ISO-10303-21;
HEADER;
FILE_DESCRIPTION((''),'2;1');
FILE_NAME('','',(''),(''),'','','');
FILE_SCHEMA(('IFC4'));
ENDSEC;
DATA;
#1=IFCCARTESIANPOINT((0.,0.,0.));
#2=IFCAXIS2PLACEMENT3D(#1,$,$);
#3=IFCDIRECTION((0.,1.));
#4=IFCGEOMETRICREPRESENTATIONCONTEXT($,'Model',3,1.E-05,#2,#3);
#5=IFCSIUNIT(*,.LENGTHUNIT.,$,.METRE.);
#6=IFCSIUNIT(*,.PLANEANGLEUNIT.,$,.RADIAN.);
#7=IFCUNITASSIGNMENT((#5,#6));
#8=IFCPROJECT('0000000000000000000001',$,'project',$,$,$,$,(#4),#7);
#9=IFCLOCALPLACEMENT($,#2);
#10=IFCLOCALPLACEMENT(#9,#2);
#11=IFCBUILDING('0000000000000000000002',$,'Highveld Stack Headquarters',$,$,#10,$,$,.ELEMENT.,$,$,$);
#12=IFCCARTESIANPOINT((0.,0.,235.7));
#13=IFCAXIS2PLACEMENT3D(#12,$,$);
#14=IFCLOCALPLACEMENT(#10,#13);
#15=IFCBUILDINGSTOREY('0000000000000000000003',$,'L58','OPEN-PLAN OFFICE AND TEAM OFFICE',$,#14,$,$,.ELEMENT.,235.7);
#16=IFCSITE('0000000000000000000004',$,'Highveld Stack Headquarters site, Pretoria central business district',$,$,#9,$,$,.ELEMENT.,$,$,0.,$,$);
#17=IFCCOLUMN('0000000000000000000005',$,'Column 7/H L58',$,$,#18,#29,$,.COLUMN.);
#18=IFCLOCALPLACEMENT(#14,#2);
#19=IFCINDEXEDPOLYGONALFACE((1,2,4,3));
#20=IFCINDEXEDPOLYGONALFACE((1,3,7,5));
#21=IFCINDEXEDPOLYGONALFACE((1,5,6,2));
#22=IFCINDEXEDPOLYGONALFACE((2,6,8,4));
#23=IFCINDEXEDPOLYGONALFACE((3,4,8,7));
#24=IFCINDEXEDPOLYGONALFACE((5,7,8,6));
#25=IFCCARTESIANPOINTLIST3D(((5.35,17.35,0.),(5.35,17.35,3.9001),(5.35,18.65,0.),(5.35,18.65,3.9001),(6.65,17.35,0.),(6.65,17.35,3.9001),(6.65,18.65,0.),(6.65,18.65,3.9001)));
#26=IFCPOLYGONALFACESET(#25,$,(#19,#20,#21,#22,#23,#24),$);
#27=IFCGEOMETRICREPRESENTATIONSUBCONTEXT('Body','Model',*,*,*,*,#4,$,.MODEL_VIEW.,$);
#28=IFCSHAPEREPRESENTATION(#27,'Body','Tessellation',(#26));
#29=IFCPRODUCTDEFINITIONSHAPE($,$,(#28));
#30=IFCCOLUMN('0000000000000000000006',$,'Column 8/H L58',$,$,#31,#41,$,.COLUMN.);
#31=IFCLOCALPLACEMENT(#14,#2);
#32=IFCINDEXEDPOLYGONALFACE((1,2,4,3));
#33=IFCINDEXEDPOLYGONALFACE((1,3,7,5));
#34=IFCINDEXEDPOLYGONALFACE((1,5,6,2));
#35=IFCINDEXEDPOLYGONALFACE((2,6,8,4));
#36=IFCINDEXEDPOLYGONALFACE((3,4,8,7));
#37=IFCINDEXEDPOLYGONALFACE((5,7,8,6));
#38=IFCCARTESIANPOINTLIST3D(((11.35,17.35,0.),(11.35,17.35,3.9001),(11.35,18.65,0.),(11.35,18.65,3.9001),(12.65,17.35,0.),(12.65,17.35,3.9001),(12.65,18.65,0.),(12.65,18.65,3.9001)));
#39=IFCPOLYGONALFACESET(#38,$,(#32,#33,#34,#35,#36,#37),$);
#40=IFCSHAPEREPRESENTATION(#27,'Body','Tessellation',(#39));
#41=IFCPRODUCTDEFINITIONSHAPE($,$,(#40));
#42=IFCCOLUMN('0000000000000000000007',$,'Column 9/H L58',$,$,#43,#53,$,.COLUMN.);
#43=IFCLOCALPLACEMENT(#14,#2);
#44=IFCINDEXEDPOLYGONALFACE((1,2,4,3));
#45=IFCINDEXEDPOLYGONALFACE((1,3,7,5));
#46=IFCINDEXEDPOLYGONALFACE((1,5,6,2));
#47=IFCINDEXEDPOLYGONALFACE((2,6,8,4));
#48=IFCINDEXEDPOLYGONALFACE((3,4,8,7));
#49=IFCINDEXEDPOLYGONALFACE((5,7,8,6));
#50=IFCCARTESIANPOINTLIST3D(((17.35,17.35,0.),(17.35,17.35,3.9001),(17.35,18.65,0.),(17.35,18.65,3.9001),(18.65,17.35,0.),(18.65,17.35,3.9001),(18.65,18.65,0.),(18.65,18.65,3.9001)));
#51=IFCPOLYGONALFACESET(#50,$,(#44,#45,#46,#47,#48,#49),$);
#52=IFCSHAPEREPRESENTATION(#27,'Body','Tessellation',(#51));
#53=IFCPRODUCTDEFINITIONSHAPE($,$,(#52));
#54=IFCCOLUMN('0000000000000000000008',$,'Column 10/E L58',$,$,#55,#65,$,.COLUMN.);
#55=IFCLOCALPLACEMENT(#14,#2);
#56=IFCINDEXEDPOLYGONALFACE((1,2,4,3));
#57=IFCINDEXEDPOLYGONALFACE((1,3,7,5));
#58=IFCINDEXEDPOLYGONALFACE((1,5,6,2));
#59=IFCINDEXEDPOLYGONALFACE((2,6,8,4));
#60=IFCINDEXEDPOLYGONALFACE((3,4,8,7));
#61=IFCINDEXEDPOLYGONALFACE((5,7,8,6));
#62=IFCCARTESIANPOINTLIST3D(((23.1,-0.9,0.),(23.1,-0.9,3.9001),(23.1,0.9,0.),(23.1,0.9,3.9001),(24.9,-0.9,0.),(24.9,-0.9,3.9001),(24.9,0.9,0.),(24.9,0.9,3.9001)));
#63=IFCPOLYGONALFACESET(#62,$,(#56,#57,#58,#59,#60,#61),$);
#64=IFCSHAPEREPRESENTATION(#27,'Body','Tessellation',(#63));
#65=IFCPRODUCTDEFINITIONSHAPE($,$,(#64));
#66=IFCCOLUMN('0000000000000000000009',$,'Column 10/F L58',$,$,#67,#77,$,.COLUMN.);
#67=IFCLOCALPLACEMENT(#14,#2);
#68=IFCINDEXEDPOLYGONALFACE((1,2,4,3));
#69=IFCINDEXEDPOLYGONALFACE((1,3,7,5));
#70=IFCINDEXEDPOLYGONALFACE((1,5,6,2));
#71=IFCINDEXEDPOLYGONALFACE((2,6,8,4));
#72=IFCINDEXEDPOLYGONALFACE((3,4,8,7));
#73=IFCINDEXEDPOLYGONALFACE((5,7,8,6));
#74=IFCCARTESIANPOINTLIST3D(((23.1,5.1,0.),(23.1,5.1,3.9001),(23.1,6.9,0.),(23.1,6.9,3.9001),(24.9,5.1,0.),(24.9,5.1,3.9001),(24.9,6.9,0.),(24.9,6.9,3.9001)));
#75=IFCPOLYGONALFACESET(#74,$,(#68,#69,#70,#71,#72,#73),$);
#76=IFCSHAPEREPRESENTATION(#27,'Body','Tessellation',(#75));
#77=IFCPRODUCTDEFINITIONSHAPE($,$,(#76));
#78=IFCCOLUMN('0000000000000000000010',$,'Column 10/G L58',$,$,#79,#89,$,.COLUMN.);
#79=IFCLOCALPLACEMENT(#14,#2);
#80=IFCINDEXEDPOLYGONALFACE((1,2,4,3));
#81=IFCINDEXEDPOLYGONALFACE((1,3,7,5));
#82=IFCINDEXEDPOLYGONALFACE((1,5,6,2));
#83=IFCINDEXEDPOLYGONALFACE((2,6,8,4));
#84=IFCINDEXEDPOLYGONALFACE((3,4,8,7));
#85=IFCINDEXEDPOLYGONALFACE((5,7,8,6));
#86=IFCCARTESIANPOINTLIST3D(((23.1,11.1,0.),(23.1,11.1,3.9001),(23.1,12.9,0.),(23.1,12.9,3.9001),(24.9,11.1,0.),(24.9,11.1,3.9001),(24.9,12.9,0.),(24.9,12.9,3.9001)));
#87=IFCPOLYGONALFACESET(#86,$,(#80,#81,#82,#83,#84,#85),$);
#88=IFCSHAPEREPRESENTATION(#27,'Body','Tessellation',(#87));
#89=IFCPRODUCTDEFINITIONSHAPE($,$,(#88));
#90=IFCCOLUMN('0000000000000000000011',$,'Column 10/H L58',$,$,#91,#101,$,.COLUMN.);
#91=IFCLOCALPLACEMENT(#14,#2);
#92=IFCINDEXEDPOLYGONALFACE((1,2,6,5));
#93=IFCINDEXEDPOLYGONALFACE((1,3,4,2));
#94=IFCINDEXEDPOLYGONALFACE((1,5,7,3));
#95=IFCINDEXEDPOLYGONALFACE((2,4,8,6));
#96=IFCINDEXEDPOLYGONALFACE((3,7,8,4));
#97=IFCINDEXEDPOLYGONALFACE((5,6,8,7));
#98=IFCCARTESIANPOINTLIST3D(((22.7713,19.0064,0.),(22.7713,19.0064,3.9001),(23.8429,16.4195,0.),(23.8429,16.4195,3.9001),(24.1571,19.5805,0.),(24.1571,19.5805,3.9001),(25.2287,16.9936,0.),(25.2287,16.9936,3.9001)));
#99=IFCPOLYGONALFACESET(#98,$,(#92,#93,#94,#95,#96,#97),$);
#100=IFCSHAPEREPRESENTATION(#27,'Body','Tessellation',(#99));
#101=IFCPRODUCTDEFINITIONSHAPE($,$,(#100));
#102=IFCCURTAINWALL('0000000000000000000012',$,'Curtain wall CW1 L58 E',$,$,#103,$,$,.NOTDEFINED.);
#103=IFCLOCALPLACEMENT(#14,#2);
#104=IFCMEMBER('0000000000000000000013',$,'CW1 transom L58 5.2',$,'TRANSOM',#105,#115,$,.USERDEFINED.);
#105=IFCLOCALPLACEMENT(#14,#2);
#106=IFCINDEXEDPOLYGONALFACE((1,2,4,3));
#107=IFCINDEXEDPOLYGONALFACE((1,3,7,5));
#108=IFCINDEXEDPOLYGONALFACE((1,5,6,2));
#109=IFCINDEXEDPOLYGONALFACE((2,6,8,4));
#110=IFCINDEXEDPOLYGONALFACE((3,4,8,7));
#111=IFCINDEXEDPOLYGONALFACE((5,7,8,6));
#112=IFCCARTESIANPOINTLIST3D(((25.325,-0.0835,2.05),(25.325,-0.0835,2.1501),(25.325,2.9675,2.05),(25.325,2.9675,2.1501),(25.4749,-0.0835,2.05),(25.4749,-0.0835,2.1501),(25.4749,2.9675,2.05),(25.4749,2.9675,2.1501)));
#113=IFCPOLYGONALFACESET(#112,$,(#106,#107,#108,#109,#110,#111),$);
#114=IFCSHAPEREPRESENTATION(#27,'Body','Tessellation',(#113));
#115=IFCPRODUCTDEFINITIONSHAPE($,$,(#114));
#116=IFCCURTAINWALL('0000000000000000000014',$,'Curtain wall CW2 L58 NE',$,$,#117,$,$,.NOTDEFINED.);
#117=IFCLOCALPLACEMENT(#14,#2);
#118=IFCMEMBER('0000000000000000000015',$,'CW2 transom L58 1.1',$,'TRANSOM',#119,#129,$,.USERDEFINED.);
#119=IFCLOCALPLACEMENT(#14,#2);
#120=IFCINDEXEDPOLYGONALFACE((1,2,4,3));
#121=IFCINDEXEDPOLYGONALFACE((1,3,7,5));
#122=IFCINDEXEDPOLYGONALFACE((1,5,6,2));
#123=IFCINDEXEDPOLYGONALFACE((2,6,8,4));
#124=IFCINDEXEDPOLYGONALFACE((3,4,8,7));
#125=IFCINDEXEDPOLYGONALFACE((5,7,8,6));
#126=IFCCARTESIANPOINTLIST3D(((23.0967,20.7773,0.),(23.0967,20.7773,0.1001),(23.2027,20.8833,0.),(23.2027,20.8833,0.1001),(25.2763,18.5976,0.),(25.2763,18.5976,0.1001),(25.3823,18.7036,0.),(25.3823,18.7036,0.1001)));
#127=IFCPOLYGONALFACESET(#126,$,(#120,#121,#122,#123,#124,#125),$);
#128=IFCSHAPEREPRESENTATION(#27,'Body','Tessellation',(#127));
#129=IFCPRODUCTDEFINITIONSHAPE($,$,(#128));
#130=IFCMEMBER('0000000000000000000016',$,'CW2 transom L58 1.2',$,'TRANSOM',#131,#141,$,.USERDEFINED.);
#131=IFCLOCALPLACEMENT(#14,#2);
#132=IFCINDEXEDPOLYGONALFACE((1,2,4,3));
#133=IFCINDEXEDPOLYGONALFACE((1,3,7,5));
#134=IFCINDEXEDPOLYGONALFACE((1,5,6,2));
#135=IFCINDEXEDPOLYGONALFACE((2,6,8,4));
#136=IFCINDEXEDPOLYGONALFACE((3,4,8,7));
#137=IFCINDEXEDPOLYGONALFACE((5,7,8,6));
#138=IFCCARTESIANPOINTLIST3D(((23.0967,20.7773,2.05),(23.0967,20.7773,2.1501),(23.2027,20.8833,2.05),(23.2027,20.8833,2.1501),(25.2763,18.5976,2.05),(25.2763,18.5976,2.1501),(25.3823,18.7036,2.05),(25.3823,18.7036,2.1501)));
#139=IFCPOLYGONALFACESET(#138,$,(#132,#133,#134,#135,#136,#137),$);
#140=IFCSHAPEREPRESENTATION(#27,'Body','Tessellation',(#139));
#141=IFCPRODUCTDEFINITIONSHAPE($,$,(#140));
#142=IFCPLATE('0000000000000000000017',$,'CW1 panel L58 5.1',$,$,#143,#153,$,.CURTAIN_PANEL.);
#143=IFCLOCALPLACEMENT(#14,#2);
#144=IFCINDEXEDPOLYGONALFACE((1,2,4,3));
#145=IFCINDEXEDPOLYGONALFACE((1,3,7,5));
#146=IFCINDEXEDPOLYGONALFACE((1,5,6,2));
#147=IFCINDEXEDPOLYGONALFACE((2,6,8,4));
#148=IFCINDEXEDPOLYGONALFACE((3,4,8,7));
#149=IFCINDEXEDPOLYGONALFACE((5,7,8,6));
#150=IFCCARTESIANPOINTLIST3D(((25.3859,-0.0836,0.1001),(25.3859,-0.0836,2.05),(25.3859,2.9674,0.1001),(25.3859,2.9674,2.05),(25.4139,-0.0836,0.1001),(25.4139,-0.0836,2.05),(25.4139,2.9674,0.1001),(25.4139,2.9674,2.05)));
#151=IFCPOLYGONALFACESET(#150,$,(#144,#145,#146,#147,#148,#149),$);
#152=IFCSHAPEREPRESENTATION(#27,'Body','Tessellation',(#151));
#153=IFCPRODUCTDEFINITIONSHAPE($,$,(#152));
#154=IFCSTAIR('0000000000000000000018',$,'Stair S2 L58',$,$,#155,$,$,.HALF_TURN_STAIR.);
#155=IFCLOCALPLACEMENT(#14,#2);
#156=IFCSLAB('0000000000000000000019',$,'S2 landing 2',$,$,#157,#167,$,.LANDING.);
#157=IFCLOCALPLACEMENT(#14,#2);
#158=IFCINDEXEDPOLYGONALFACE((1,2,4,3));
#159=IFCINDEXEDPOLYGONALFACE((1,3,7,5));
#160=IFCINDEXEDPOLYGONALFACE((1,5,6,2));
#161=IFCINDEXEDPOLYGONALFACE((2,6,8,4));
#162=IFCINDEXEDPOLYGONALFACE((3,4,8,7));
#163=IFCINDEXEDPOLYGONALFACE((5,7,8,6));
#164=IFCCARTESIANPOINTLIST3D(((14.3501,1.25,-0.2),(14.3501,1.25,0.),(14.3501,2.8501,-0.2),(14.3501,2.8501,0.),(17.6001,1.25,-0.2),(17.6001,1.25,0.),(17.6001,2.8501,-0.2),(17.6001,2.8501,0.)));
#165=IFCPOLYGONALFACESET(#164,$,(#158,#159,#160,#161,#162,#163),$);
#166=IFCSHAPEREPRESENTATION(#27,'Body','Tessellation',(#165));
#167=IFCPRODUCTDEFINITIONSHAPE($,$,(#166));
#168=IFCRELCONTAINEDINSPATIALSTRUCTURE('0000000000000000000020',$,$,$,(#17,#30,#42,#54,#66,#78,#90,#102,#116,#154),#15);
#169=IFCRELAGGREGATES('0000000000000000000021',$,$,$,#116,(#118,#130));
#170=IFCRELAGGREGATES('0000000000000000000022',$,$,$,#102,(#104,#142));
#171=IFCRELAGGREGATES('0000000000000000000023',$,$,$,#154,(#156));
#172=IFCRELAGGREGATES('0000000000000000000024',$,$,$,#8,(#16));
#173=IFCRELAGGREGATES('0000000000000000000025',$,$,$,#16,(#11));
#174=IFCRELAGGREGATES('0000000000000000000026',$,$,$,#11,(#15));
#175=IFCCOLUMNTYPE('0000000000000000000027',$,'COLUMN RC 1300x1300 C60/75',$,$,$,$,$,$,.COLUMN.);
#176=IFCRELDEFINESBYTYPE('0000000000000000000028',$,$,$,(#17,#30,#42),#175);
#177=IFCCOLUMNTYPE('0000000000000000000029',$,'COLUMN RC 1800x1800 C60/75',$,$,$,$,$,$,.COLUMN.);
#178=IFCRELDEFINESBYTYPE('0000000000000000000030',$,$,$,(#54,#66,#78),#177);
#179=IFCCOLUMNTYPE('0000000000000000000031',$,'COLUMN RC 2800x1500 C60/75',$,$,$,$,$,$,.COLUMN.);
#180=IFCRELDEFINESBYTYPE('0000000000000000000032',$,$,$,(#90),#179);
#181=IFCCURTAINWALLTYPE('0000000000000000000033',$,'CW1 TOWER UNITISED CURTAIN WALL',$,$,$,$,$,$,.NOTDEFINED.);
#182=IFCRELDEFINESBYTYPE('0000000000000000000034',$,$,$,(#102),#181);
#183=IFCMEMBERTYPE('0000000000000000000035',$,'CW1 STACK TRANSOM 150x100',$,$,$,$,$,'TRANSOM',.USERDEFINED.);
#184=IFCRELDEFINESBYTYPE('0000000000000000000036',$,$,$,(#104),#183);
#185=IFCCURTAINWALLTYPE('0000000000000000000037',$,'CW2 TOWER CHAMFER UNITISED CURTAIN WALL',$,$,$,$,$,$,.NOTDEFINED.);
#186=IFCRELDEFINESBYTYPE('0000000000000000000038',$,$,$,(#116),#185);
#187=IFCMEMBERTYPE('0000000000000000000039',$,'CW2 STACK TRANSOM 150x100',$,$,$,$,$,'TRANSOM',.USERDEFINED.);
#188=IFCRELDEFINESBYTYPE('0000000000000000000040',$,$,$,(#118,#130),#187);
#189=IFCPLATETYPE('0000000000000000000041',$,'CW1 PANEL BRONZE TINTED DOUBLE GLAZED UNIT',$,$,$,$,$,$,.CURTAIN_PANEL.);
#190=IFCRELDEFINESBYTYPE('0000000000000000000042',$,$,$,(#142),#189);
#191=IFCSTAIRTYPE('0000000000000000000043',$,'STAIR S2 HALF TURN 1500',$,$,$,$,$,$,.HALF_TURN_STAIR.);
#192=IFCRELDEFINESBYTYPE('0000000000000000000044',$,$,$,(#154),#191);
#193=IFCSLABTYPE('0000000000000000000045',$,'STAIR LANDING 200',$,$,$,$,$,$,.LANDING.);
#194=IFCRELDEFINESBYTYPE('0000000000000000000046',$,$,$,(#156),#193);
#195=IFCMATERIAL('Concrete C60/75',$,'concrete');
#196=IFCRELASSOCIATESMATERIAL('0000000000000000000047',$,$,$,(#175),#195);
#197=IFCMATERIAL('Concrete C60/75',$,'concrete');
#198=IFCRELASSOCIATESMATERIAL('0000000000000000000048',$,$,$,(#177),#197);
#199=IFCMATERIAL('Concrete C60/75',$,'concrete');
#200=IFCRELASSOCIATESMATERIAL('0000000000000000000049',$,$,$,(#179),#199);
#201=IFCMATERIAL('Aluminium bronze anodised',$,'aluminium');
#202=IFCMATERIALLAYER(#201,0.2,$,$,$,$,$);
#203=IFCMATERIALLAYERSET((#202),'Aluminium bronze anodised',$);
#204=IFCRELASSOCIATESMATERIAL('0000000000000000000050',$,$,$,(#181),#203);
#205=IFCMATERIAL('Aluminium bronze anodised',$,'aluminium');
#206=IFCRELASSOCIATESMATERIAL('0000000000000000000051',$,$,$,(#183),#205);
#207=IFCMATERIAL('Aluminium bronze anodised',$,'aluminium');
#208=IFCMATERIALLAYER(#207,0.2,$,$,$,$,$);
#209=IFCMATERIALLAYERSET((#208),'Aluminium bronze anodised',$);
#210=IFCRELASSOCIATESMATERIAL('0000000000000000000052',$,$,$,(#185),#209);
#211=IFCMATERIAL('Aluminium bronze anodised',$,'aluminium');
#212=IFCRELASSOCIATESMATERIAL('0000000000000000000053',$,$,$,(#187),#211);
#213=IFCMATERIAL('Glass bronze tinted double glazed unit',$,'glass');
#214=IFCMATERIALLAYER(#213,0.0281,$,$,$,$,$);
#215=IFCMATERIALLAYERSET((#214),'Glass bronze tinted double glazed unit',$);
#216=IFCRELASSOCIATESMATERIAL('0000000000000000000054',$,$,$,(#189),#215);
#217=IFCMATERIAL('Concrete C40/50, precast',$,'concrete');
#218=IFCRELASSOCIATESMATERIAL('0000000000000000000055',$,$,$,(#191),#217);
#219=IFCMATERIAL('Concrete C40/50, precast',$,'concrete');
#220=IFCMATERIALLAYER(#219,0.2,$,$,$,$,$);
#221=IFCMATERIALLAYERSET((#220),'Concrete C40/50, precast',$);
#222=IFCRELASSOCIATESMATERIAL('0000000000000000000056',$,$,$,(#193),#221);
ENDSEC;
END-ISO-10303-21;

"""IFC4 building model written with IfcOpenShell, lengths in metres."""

from ifc_helpers import new_model, si_unit, direction, frame, origin, origin_2d, place, context, subcontext, project, spatial, polyline, rectangle, outline, extrude, material, layer, layer_set, material_profile, profile_set, type_object, element, aggregate, save


model = new_model("IFC4")

# Units and contexts
model_context = context("Model", 3, precision=1e-05, world=origin(), true_north=direction((0.0, 1.0)))
body_context = subcontext(model_context, "Body", "Model", "MODEL_VIEW")
ifc_project = project(units=[si_unit("LENGTHUNIT", "METRE"), si_unit("PLANEANGLEUNIT", "RADIAN")], contexts=[model_context])

# Site, building, storey
site_placement = place(None, origin())
site = spatial("IfcSite", under=ifc_project, at=site_placement, Name="Highveld Stack Headquarters site, Pretoria central business district", CompositionType="ELEMENT", RefElevation=0.0)
building_placement = place(site_placement, origin())
building = spatial("IfcBuilding", under=site, at=building_placement, Name="Highveld Stack Headquarters", CompositionType="ELEMENT")
storey_placement = place(building_placement, frame((0.0, 0.0, 235.7)))
storey = spatial("IfcBuildingStorey", under=building, at=storey_placement, Name="L58", Description="OPEN-PLAN OFFICE AND TEAM OFFICE", CompositionType="ELEMENT", Elevation=235.7)

# Columns
ifc_material_1 = material(Name="Concrete C60/75", Category="concrete")
ifc_material_profile_1 = material_profile(ifc_material_1, rectangle(XDim=1.3, YDim=1.3, at=origin_2d()), Name="RC 1300x1300")
ifc_profile_set_1 = profile_set([ifc_material_profile_1], Name="Concrete C60/75")
column_type_1 = type_object("IfcColumnType", Name="COLUMN RC 1300x1300 C60/75", PredefinedType="COLUMN", material=ifc_profile_set_1)
for number, where, z_axis, x_axis, name in (
    (1, (6.0, 18.0, 0.0), (0.0, 0.0, 1.0), (1.0, 0.0, 0.0), "Column 7/H L58"),
    (2, (12.0, 18.0, 0.0), (0.0, 0.0, 1.0), (1.0, 0.0, 0.0), "Column 8/H L58"),
    (3, (18.0, 18.0, 0.0), (0.0, 0.0, 1.0), (1.0, 0.0, 0.0), "Column 9/H L58"),
):
    element("IfcColumn", number, at=place(storey_placement, frame(where, z_axis=z_axis, x_axis=x_axis)), inside=storey, type_object=column_type_1, Name=name, PredefinedType="COLUMN", context=body_context, shape_type="SweptSolid", body=[
        extrude(rectangle(XDim=1.3, YDim=1.3, at=origin_2d()), origin(), (0.0, 0.0, 1.0), 3.9001),
    ])
ifc_material_2 = material(Name="Concrete C60/75", Category="concrete")
ifc_material_profile_2 = material_profile(ifc_material_2, rectangle(XDim=1.8, YDim=1.8, at=origin_2d()), Name="RC 1800x1800")
ifc_profile_set_2 = profile_set([ifc_material_profile_2], Name="Concrete C60/75")
column_type_2 = type_object("IfcColumnType", Name="COLUMN RC 1800x1800 C60/75", PredefinedType="COLUMN", material=ifc_profile_set_2)
for number, where, z_axis, x_axis, name in (
    (4, (24.0, 0.0, 0.0), (0.0, 0.0, 1.0), (1.0, 0.0, 0.0), "Column 10/E L58"),
    (5, (24.0, 6.0, 0.0), (0.0, 0.0, 1.0), (1.0, 0.0, 0.0), "Column 10/F L58"),
    (6, (24.0, 12.0, 0.0), (0.0, 0.0, 1.0), (1.0, 0.0, 0.0), "Column 10/G L58"),
):
    element("IfcColumn", number, at=place(storey_placement, frame(where, z_axis=z_axis, x_axis=x_axis)), inside=storey, type_object=column_type_2, Name=name, PredefinedType="COLUMN", context=body_context, shape_type="SweptSolid", body=[
        extrude(rectangle(XDim=1.8, YDim=1.8, at=origin_2d()), origin(), (0.0, 0.0, 1.0), 3.9001),
    ])
ifc_material_3 = material(Name="Concrete C60/75", Category="concrete")
ifc_material_profile_3 = material_profile(ifc_material_3, rectangle(XDim=2.8, YDim=1.5, at=origin_2d()), Name="RC 2800x1500")
ifc_profile_set_3 = profile_set([ifc_material_profile_3], Name="Concrete C60/75")
column_type_3 = type_object("IfcColumnType", Name="COLUMN RC 2800x1500 C60/75", PredefinedType="COLUMN", material=ifc_profile_set_3)
column_placement = place(storey_placement, frame((24.0, 18.0, 0.0), z_axis=(0.0, 0.0, 1.0), x_axis=(0.382683, -0.92388, 0.0)))
element("IfcColumn", 7, at=column_placement, inside=storey, type_object=column_type_3, Name="Column 10/H L58", PredefinedType="COLUMN", context=body_context, shape_type="SweptSolid", body=[
    extrude(rectangle(XDim=2.8, YDim=1.5, at=origin_2d()), origin(), (0.0, 0.0, 1.0), 3.9001),
])

# Curtain wall, member
ifc_material_4 = material(Name="Aluminium bronze anodised", Category="aluminium")
ifc_layer_1 = layer(ifc_material_4, 0.2)
ifc_layer_set_1 = layer_set([ifc_layer_1], Name="Aluminium bronze anodised")
curtain_wall_type_1 = type_object("IfcCurtainWallType", Name="CW1 TOWER UNITISED CURTAIN WALL", PredefinedType="NOTDEFINED", material=ifc_layer_set_1)
curtain_wall_1_placement = place(storey_placement, origin())
curtain_wall_1 = element("IfcCurtainWall", 8, at=curtain_wall_1_placement, inside=storey, type_object=curtain_wall_type_1, Name="Curtain wall CW1 L58 E", PredefinedType="NOTDEFINED")
ifc_material_5 = material(Name="Aluminium bronze anodised", Category="aluminium")
ifc_material_profile_4 = material_profile(ifc_material_5, rectangle(XDim=0.1499, YDim=0.1001, at=origin_2d()), Name="CW1 TRANSOM 150x100")
ifc_profile_set_4 = profile_set([ifc_material_profile_4], Name="Aluminium bronze anodised")
member_type_1 = type_object("IfcMemberType", Name="CW1 STACK TRANSOM 150x100", ElementType="TRANSOM", PredefinedType="USERDEFINED", material=ifc_profile_set_4)
member_1_placement = place(storey_placement, frame((25.3999, -0.0835, 2.1001), z_axis=(0.0, 1.0, 0.0), x_axis=(-1.0, 0.0, 0.0)))
member_1 = element("IfcMember", 9, at=member_1_placement, type_object=member_type_1, Name="CW1 transom L58 5.2", ObjectType="TRANSOM", PredefinedType="USERDEFINED", context=body_context, shape_type="SweptSolid", body=[
    extrude(rectangle(XDim=0.1499, YDim=0.1001, at=origin_2d()), origin(), (0.0, 0.0, 1.0), 3.051),
])

# Curtain wall, members
ifc_material_6 = material(Name="Aluminium bronze anodised", Category="aluminium")
ifc_layer_2 = layer(ifc_material_6, 0.2)
ifc_layer_set_2 = layer_set([ifc_layer_2], Name="Aluminium bronze anodised")
curtain_wall_type_2 = type_object("IfcCurtainWallType", Name="CW2 TOWER CHAMFER UNITISED CURTAIN WALL", PredefinedType="NOTDEFINED", material=ifc_layer_set_2)
curtain_wall_2_placement = place(storey_placement, origin())
curtain_wall_2 = element("IfcCurtainWall", 10, at=curtain_wall_2_placement, inside=storey, type_object=curtain_wall_type_2, Name="Curtain wall CW2 L58 NE", PredefinedType="NOTDEFINED")
ifc_material_7 = material(Name="Aluminium bronze anodised", Category="aluminium")
ifc_material_profile_5 = material_profile(ifc_material_7, rectangle(XDim=0.1499, YDim=0.1001, at=origin_2d()), Name="CW2 TRANSOM 150x100")
ifc_profile_set_5 = profile_set([ifc_material_profile_5], Name="Aluminium bronze anodised")
member_type_2 = type_object("IfcMemberType", Name="CW2 STACK TRANSOM 150x100", ElementType="TRANSOM", PredefinedType="USERDEFINED", material=ifc_profile_set_5)
member_2_placement = place(storey_placement, frame((25.3293, 18.6506, 0.05), z_axis=(-0.707107, 0.707107, 0.0), x_axis=(-0.707107, -0.707107, 0.0)))
member_2 = element("IfcMember", 11, at=member_2_placement, type_object=member_type_2, Name="CW2 transom L58 1.1", ObjectType="TRANSOM", PredefinedType="USERDEFINED", context=body_context, shape_type="SweptSolid", body=[
    extrude(rectangle(XDim=0.1499, YDim=0.1001, at=origin_2d()), origin(), (0.0, 0.0, 1.0), 3.0825),
])
member_3_placement = place(storey_placement, frame((25.3293, 18.6506, 2.1001), z_axis=(-0.707107, 0.707107, 0.0), x_axis=(-0.707107, -0.707107, 0.0)))
member_3 = element("IfcMember", 12, at=member_3_placement, type_object=member_type_2, Name="CW2 transom L58 1.2", ObjectType="TRANSOM", PredefinedType="USERDEFINED", context=body_context, shape_type="SweptSolid", body=[
    extrude(rectangle(XDim=0.1499, YDim=0.1001, at=origin_2d()), origin(), (0.0, 0.0, 1.0), 3.0825),
])
aggregate(curtain_wall_2, [member_2, member_3])

# Plate
ifc_material_8 = material(Name="Glass bronze tinted double glazed unit", Category="glass")
ifc_layer_3 = layer(ifc_material_8, 0.0281)
ifc_layer_set_3 = layer_set([ifc_layer_3], Name="Glass bronze tinted double glazed unit")
plate_type = type_object("IfcPlateType", Name="CW1 PANEL BRONZE TINTED DOUBLE GLAZED UNIT", PredefinedType="CURTAIN_PANEL", material=ifc_layer_set_3)
plate_placement = place(storey_placement, frame((25.3999, 1.4419, 0.1001), z_axis=(0.0, 0.0, 1.0), x_axis=(0.0, 1.0, 0.0)))
plate = element("IfcPlate", 13, at=plate_placement, type_object=plate_type, Name="CW1 panel L58 5.1", PredefinedType="CURTAIN_PANEL", context=body_context, shape_type="SweptSolid", body=[
    extrude(rectangle(XDim=3.051, YDim=0.0281, at=origin_2d()), origin(), (0.0, 0.0, 1.0), 1.95),
])
aggregate(curtain_wall_1, [member_1, plate])

# Stair, slab
ifc_material_9 = material(Name="Concrete C40/50, precast", Category="concrete")
stair_type = type_object("IfcStairType", Name="STAIR S2 HALF TURN 1500", PredefinedType="HALF_TURN_STAIR", material=ifc_material_9)
stair_placement = place(storey_placement, origin())
stair = element("IfcStair", 14, at=stair_placement, inside=storey, type_object=stair_type, Name="Stair S2 L58", PredefinedType="HALF_TURN_STAIR")
ifc_material_10 = material(Name="Concrete C40/50, precast", Category="concrete")
ifc_layer_4 = layer(ifc_material_10, 0.2)
ifc_layer_set_4 = layer_set([ifc_layer_4], Name="Concrete C40/50, precast")
slab_type = type_object("IfcSlabType", Name="STAIR LANDING 200", PredefinedType="LANDING", material=ifc_layer_set_4)
slab_placement = place(storey_placement, frame((0.0, 0.0, -0.2)))
slab = element("IfcSlab", 15, at=slab_placement, type_object=slab_type, Name="S2 landing 2", PredefinedType="LANDING", context=body_context, shape_type="SweptSolid", body=[
    extrude(outline(polyline([(14.3501, 1.25), (17.6001, 1.25), (17.6001, 2.8501), (14.3501, 2.8501), (14.3501, 1.25)])), origin(), (0.0, 0.0, 1.0), 0.2),
])

aggregate(stair, [slab])

save(model, "model.ifc")
